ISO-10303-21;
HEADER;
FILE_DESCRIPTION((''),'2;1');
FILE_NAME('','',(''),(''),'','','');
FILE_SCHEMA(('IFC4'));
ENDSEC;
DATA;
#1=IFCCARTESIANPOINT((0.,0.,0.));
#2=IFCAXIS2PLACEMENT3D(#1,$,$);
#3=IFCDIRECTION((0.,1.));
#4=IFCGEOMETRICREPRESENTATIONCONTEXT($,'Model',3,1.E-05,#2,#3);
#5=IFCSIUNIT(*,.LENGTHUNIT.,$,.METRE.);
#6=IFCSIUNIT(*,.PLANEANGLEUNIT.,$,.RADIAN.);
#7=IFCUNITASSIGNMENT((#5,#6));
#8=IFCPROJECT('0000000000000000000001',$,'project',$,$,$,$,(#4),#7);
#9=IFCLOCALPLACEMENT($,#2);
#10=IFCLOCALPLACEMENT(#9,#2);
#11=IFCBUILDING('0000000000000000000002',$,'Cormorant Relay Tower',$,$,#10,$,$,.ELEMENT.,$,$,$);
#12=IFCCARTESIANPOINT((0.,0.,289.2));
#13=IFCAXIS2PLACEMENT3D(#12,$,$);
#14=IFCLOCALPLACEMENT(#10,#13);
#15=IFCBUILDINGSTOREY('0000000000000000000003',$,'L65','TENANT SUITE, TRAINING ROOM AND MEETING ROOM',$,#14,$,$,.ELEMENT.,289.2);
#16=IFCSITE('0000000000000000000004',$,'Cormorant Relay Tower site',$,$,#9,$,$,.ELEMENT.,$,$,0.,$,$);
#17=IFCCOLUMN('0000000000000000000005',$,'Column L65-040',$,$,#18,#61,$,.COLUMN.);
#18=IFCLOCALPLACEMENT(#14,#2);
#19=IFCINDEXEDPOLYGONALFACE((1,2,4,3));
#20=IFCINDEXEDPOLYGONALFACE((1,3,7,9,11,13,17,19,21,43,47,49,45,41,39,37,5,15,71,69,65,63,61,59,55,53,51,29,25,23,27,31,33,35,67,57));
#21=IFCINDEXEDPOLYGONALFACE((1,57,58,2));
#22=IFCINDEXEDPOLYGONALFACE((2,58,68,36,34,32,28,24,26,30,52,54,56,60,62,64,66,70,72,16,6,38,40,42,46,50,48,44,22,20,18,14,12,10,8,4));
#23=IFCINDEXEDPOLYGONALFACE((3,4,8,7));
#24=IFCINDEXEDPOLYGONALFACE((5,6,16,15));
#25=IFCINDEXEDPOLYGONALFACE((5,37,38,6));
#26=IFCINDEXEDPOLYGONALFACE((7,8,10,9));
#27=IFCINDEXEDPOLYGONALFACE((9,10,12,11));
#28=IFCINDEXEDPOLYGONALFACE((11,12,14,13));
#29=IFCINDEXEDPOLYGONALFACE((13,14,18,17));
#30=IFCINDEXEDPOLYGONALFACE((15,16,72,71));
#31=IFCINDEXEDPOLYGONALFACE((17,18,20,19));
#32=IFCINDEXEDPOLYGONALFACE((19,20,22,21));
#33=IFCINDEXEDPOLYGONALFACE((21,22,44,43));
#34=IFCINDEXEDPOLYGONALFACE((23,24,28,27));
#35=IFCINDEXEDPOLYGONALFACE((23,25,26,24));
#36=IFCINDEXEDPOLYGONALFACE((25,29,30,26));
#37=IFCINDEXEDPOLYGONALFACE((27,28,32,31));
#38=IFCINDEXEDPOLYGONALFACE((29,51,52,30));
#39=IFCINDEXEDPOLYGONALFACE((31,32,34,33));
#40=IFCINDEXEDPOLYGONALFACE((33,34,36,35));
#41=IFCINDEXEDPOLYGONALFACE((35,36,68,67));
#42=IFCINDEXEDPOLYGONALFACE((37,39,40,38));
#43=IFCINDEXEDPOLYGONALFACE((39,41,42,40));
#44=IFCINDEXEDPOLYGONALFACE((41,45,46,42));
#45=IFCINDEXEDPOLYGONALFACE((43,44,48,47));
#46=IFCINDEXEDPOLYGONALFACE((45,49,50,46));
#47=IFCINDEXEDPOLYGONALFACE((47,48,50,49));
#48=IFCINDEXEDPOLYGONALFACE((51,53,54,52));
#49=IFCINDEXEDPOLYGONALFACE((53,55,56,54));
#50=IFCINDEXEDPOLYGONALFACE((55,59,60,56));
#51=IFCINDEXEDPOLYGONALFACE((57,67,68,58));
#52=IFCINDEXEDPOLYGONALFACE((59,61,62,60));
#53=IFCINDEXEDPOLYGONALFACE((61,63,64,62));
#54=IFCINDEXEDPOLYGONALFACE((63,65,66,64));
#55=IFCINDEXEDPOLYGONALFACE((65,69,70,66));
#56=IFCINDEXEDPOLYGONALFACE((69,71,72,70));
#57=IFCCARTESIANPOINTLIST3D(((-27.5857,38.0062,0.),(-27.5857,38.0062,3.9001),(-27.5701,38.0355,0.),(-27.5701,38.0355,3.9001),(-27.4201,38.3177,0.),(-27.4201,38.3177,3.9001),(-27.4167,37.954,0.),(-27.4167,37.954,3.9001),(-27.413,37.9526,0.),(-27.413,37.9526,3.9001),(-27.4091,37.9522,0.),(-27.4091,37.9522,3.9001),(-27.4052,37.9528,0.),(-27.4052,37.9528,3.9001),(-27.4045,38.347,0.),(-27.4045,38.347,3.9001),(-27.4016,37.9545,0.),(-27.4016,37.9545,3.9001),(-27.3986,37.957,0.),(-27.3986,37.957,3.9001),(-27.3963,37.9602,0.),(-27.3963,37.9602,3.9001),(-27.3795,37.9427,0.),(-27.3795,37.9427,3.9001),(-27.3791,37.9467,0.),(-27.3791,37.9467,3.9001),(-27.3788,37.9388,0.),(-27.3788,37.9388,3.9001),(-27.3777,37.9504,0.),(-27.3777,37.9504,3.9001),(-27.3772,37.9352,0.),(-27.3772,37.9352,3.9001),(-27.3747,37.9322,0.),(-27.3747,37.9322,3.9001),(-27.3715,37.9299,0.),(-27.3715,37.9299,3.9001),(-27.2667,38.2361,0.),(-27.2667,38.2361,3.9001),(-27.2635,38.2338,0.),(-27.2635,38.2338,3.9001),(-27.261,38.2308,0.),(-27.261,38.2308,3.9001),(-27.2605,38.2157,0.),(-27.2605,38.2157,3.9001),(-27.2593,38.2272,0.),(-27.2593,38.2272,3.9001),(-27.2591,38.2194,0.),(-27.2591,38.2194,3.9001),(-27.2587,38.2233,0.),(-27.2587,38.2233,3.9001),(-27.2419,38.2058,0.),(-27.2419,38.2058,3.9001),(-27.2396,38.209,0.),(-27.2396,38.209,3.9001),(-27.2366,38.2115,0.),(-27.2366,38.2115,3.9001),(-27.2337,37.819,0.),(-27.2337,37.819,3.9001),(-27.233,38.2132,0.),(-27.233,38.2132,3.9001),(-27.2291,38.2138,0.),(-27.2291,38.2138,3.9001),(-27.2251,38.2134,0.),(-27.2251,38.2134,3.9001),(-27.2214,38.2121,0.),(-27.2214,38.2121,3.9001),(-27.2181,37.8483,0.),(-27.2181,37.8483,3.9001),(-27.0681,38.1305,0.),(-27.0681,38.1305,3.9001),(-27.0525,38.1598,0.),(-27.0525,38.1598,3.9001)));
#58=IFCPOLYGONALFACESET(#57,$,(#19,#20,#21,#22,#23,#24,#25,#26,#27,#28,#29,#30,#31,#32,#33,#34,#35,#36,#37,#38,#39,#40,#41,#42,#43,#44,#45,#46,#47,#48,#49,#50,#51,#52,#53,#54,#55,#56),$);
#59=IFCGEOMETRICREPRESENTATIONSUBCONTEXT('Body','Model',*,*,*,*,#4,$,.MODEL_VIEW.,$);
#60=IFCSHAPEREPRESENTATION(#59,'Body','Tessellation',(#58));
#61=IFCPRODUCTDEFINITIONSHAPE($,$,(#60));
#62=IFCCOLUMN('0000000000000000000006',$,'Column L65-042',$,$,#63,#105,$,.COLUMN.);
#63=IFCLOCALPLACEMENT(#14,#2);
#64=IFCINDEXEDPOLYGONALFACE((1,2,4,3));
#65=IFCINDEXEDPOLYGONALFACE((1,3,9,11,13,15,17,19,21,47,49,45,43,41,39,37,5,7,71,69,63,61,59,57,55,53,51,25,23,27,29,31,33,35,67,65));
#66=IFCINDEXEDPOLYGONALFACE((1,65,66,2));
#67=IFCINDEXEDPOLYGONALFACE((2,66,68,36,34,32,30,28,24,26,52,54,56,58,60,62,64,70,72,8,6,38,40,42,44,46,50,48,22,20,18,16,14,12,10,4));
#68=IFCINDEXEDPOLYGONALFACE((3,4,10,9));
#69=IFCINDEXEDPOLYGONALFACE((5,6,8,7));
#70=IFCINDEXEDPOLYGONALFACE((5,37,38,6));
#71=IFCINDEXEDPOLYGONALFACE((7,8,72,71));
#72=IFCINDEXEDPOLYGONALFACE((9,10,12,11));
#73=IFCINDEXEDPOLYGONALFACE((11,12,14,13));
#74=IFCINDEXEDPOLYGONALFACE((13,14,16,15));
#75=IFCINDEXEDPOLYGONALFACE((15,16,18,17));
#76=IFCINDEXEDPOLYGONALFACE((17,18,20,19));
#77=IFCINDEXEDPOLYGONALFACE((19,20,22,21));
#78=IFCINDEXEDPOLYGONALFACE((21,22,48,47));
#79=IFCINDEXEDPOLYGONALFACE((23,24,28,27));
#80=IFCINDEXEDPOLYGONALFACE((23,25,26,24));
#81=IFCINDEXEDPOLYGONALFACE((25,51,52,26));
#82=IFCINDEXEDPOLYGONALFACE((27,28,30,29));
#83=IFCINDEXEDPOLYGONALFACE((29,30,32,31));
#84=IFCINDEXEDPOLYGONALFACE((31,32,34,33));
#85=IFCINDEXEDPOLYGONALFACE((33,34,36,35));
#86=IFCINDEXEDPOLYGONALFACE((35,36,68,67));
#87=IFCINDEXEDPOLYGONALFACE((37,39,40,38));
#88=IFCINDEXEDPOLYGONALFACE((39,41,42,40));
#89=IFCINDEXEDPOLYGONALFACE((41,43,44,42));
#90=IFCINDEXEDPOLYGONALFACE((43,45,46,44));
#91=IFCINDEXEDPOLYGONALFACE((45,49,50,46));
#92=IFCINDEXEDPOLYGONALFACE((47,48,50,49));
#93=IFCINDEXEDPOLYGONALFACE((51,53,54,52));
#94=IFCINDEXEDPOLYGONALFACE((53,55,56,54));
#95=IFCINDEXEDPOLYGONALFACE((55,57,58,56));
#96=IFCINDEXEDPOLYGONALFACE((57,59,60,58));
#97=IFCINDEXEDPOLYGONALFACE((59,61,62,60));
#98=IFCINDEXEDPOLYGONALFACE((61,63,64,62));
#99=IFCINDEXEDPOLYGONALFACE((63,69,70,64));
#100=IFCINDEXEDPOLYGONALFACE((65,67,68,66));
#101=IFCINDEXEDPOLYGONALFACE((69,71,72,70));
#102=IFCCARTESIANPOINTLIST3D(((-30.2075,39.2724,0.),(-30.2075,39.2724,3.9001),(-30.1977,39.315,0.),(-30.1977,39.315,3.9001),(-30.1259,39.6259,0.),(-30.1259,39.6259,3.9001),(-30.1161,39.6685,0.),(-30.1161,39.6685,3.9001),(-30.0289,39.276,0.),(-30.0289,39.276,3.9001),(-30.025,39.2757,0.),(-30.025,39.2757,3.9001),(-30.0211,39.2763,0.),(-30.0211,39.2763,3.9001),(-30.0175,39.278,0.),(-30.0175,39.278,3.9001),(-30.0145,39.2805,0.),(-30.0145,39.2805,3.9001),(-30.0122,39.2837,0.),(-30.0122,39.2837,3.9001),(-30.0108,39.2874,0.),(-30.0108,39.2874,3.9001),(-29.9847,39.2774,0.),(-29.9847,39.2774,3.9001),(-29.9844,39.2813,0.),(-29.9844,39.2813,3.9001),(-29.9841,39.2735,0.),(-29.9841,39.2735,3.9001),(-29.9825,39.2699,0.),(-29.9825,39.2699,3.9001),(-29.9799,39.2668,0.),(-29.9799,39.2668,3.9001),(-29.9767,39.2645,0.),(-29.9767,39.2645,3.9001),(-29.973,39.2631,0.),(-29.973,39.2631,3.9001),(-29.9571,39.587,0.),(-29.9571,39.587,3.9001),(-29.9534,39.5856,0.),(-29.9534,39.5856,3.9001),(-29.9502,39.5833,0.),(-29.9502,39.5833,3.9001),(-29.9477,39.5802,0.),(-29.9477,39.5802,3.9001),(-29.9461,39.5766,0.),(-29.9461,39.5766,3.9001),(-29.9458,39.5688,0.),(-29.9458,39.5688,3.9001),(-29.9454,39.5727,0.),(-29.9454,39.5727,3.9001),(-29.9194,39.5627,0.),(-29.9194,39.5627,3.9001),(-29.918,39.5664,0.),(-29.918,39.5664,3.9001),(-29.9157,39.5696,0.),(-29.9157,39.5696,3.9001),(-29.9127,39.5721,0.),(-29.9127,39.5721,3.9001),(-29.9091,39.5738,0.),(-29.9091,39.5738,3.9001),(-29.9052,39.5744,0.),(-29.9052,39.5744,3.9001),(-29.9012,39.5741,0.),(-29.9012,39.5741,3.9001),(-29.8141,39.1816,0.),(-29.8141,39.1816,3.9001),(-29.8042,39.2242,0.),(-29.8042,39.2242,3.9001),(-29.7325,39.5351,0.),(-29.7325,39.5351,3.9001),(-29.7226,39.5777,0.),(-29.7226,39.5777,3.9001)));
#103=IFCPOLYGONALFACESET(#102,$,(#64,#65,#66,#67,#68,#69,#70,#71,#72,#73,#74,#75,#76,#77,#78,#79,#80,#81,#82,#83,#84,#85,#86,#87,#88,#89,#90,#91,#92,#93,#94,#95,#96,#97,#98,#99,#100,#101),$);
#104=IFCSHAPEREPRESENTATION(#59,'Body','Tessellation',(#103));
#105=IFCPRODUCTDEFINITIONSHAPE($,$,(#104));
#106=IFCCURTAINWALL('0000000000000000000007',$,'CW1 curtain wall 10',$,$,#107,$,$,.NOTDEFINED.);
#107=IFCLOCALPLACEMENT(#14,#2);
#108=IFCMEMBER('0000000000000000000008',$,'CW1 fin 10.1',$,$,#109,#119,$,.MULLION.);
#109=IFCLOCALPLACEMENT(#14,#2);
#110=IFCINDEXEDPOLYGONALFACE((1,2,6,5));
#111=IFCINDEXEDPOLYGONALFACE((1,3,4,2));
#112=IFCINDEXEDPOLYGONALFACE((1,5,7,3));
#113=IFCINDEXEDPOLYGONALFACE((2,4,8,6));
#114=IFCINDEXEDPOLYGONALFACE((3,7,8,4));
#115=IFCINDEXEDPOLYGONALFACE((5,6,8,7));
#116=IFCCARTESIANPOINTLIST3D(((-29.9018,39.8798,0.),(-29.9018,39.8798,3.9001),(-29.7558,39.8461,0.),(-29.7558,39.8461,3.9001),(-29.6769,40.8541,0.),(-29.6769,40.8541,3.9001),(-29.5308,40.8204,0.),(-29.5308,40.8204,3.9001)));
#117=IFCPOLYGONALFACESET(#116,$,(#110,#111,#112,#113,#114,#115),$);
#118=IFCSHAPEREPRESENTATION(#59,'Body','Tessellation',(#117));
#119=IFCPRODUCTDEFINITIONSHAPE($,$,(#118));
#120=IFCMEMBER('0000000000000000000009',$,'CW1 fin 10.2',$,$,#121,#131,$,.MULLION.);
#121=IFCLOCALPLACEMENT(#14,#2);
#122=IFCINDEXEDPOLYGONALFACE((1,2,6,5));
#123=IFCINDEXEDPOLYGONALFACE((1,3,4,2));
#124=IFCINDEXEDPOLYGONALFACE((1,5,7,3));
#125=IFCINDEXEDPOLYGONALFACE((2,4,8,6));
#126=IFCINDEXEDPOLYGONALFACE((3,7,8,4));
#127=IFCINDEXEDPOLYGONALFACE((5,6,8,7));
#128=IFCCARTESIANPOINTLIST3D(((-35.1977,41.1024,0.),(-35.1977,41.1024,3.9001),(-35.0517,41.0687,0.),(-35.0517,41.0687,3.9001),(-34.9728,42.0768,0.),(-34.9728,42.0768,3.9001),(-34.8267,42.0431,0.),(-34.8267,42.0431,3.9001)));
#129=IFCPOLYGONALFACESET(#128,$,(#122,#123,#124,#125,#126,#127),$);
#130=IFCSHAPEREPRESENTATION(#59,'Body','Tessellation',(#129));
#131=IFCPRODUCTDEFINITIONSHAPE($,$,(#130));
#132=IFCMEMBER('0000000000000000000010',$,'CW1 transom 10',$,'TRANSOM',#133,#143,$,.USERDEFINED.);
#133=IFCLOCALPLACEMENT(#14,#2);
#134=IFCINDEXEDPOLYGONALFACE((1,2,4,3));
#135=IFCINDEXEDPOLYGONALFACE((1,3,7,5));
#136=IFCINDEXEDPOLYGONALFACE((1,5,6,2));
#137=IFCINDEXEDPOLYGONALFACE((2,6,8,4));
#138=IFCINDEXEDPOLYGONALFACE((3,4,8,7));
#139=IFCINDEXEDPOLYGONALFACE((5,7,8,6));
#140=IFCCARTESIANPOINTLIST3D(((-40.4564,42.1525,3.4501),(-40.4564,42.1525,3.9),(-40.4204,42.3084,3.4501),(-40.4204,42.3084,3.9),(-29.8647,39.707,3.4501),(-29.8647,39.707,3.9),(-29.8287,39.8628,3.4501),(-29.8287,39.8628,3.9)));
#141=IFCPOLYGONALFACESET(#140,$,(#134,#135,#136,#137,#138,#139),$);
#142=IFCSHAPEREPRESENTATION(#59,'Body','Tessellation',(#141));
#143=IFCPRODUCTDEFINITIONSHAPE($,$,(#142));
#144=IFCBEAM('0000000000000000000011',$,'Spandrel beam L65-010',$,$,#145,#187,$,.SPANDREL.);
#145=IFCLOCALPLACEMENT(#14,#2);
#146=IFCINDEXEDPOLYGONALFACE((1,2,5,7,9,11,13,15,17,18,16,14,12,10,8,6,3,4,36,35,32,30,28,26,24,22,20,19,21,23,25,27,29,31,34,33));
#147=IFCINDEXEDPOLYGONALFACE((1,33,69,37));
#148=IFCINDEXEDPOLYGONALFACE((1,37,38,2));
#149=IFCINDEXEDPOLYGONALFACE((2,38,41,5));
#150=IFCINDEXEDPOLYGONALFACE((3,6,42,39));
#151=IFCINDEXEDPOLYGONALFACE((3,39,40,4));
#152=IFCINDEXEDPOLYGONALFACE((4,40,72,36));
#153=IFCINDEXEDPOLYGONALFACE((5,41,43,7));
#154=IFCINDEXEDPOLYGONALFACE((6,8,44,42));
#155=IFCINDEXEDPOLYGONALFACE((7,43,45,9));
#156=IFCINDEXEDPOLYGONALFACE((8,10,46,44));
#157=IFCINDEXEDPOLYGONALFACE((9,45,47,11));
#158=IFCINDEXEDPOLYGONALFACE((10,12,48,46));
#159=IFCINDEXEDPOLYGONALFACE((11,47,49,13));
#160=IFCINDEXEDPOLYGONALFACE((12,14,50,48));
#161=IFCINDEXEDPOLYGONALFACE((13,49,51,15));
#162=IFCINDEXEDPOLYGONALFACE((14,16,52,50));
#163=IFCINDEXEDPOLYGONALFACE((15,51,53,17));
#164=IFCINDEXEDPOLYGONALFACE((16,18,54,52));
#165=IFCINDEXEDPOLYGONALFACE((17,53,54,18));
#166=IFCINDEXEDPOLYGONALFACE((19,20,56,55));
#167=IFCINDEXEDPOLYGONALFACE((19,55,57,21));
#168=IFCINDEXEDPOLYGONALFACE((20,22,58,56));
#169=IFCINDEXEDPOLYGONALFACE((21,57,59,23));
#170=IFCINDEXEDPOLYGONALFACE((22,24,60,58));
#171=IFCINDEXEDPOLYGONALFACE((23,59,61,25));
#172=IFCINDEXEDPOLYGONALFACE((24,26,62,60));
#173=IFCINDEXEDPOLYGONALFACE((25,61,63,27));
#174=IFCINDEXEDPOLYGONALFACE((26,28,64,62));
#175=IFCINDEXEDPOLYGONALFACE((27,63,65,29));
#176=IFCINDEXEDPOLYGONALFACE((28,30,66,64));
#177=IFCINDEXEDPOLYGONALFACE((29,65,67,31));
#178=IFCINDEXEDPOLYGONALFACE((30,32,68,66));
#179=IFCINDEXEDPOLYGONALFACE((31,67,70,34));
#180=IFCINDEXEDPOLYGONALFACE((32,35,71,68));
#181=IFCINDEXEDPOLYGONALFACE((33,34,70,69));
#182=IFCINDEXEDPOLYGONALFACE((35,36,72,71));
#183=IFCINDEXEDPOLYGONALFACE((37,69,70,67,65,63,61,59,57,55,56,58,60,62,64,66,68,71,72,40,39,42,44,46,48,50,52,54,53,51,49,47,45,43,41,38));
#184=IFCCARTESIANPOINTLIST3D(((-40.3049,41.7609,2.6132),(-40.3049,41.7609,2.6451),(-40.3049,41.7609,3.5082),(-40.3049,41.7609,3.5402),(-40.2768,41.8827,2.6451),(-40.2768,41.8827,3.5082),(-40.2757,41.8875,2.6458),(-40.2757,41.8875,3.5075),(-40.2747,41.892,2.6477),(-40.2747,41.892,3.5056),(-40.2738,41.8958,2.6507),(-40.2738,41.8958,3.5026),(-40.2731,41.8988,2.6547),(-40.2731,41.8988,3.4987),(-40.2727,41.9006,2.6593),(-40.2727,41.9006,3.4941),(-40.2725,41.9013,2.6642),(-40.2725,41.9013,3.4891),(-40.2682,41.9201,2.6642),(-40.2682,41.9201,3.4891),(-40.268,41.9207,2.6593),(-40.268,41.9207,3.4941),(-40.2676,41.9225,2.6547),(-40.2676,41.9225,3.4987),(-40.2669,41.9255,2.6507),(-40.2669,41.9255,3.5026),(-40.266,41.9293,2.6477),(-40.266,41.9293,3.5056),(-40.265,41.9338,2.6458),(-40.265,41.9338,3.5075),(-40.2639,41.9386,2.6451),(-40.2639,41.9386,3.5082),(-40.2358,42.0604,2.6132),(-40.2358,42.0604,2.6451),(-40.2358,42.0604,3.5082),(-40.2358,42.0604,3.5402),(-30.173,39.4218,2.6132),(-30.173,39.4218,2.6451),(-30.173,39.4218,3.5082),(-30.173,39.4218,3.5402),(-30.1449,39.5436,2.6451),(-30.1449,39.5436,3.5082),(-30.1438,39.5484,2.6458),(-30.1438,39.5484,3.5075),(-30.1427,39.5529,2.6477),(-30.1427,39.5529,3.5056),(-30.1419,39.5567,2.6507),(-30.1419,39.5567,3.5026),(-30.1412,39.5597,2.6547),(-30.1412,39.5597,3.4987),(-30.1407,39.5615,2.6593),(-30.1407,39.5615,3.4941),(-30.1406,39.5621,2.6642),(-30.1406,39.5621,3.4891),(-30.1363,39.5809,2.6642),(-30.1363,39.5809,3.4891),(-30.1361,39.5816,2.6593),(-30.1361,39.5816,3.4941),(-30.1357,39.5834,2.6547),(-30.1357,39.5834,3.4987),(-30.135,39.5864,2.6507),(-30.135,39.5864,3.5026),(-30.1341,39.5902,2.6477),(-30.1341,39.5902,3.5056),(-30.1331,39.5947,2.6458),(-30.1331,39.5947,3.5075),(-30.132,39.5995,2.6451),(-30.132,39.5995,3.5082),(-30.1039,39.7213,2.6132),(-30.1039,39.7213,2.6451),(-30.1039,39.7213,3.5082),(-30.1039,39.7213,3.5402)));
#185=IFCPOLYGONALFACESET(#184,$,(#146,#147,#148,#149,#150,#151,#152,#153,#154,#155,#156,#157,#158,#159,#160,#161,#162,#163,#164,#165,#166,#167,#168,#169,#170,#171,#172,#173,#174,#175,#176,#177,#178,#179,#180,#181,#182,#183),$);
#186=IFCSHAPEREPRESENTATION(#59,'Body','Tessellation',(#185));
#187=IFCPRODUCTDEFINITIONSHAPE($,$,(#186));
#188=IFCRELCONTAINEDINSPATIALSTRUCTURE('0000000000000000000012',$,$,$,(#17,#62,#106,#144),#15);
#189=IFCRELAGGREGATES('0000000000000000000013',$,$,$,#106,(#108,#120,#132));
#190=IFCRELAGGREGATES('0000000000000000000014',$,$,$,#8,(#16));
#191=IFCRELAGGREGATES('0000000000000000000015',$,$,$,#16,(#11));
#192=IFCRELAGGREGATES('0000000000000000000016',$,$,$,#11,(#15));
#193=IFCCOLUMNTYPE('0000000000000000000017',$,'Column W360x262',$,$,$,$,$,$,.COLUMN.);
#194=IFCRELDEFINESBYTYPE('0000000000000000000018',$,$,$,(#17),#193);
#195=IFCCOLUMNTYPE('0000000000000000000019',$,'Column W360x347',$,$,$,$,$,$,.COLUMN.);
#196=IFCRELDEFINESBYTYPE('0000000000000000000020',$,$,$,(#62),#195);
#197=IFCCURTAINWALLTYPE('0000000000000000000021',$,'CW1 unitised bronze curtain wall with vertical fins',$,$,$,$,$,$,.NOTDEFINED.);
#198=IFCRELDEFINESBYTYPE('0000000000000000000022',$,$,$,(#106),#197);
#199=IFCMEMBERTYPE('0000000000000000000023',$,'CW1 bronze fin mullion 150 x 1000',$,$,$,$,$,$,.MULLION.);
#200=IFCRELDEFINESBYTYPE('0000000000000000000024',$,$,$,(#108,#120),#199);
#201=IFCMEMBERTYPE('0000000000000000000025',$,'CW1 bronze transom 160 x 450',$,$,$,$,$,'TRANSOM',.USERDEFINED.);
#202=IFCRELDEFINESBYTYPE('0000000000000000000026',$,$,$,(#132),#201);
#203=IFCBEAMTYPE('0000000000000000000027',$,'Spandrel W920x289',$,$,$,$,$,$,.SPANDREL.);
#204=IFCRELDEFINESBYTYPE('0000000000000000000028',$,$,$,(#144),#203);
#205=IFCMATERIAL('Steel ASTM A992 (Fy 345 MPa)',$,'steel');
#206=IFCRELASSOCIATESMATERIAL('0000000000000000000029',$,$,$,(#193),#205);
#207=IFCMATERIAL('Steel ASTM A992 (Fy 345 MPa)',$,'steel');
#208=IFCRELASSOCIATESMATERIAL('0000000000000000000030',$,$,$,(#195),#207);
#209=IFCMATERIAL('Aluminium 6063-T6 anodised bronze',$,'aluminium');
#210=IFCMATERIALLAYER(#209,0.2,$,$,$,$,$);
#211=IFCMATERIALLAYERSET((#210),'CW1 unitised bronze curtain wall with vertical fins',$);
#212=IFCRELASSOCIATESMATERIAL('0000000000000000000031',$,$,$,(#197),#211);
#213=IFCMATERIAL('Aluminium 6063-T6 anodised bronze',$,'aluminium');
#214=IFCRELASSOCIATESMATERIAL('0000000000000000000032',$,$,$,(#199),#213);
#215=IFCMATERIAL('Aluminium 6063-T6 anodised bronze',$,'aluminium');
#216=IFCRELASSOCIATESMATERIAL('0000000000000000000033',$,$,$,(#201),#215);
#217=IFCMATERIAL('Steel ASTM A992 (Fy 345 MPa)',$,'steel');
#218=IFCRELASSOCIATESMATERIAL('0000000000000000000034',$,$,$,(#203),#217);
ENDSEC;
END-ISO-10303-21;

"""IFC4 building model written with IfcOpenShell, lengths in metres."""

from ifc_helpers import new_model, si_unit, direction, frame, origin, origin_2d, place, context, subcontext, project, spatial, rectangle, i_section, extrude, material, layer, layer_set, material_profile, profile_set, type_object, element, aggregate, save


model = new_model("IFC4")

# Units and contexts
model_context = context("Model", 3, precision=1e-05, world=origin(), true_north=direction((0.0, 1.0)))
body_context = subcontext(model_context, "Body", "Model", "MODEL_VIEW")
ifc_project = project(units=[si_unit("LENGTHUNIT", "METRE"), si_unit("PLANEANGLEUNIT", "RADIAN")], contexts=[model_context])

# Site, building, storey
site_placement = place(None, origin())
site = spatial("IfcSite", under=ifc_project, at=site_placement, Name="Cormorant Relay Tower site", CompositionType="ELEMENT", RefElevation=0.0)
building_placement = place(site_placement, origin())
building = spatial("IfcBuilding", under=site, at=building_placement, Name="Cormorant Relay Tower", CompositionType="ELEMENT")
storey_placement = place(building_placement, frame((0.0, 0.0, 289.2)))
storey = spatial("IfcBuildingStorey", under=building, at=storey_placement, Name="L65", Description="TENANT SUITE, TRAINING ROOM AND MEETING ROOM", CompositionType="ELEMENT", Elevation=289.2)

# Columns
ifc_material_1 = material(Name="Steel ASTM A992 (Fy 345 MPa)", Category="steel")
ifc_material_profile_1 = material_profile(ifc_material_1, i_section(OverallWidth=0.3987, OverallDepth=0.386, WebThickness=0.021, FlangeThickness=0.0332, FilletRadius=0.0151, at=origin_2d()), Name="W360x262")
ifc_profile_set_1 = profile_set([ifc_material_profile_1], Name="Steel ASTM A992 (Fy 345 MPa)")
column_type_1 = type_object("IfcColumnType", Name="Column W360x262", PredefinedType="COLUMN", material=ifc_profile_set_1)
column_1_placement = place(storey_placement, frame((-27.3191, 38.083, 0.0), z_axis=(0.0, 0.0, 1.0), x_axis=(-0.882948, 0.469472, 0.0)))
element("IfcColumn", 1, at=column_1_placement, inside=storey, type_object=column_type_1, Name="Column L65-040", PredefinedType="COLUMN", context=body_context, shape_type="SweptSolid", body=[
    extrude(i_section(OverallWidth=0.3987, OverallDepth=0.386, WebThickness=0.021, FlangeThickness=0.0332, FilletRadius=0.0151, at=origin_2d()), origin(), (0.0, 0.0, 1.0), 3.9001),
])
ifc_material_2 = material(Name="Steel ASTM A992 (Fy 345 MPa)", Category="steel")
ifc_material_profile_2 = material_profile(ifc_material_2, i_section(OverallWidth=0.4038, OverallDepth=0.4065, WebThickness=0.0271, FlangeThickness=0.0437, FilletRadius=0.0151, at=origin_2d()), Name="W360x347")
ifc_profile_set_2 = profile_set([ifc_material_profile_2], Name="Steel ASTM A992 (Fy 345 MPa)")
column_type_2 = type_object("IfcColumnType", Name="Column W360x347", PredefinedType="COLUMN", material=ifc_profile_set_2)
column_2_placement = place(storey_placement, frame((-29.9651, 39.425, 0.0), z_axis=(0.0, 0.0, 1.0), x_axis=(-0.97437, 0.224951, 0.0)))
element("IfcColumn", 2, at=column_2_placement, inside=storey, type_object=column_type_2, Name="Column L65-042", PredefinedType="COLUMN", context=body_context, shape_type="SweptSolid", body=[
    extrude(i_section(OverallWidth=0.4038, OverallDepth=0.4065, WebThickness=0.0271, FlangeThickness=0.0437, FilletRadius=0.0151, at=origin_2d()), origin(), (0.0, 0.0, 1.0), 3.9001),
])

# Curtain wall, members
ifc_material_3 = material(Name="Aluminium 6063-T6 anodised bronze", Category="aluminium")
ifc_layer_1 = layer(ifc_material_3, 0.2)
ifc_layer_set_1 = layer_set([ifc_layer_1], Name="CW1 unitised bronze curtain wall with vertical fins")
curtain_wall_type = type_object("IfcCurtainWallType", Name="CW1 unitised bronze curtain wall with vertical fins", PredefinedType="NOTDEFINED", material=ifc_layer_set_1)
curtain_wall_1_placement = place(storey_placement, origin())
curtain_wall_1 = element("IfcCurtainWall", 3, at=curtain_wall_1_placement, inside=storey, type_object=curtain_wall_type, Name="CW1 curtain wall 10", PredefinedType="NOTDEFINED")
ifc_material_4 = material(Name="Aluminium 6063-T6 anodised bronze", Category="aluminium")
ifc_material_profile_3 = material_profile(ifc_material_4, rectangle(XDim=0.1499, YDim=1.0, at=origin_2d()), Name="AL 150x1000")
ifc_profile_set_3 = profile_set([ifc_material_profile_3], Name="Aluminium 6063-T6 anodised bronze")
member_type_1 = type_object("IfcMemberType", Name="CW1 bronze fin mullion 150 x 1000", PredefinedType="MULLION", material=ifc_profile_set_3)
member_1_placement = place(storey_placement, frame((-29.7163, 40.3501, 0.0), z_axis=(0.0, 0.0, 1.0), x_axis=(-0.97437, 0.224951, 0.0)))
member_1 = element("IfcMember", 4, at=member_1_placement, type_object=member_type_1, Name="CW1 fin 10.1", PredefinedType="MULLION", context=body_context, shape_type="SweptSolid", body=[
    extrude(rectangle(XDim=0.1499, YDim=1.0, at=origin_2d()), origin(), (0.0, 0.0, 1.0), 3.9001),
])
member_2_placement = place(storey_placement, frame((-35.0122, 41.5728, 0.0), z_axis=(0.0, 0.0, 1.0), x_axis=(-0.97437, 0.224951, 0.0)))
member_2 = element("IfcMember", 5, at=member_2_placement, type_object=member_type_1, Name="CW1 fin 10.2", PredefinedType="MULLION", context=body_context, shape_type="SweptSolid", body=[
    extrude(rectangle(XDim=0.1499, YDim=1.0, at=origin_2d()), origin(), (0.0, 0.0, 1.0), 3.9001),
])
ifc_material_5 = material(Name="Aluminium 6063-T6 anodised bronze", Category="aluminium")
ifc_material_profile_4 = material_profile(ifc_material_5, rectangle(XDim=0.1599, YDim=0.45, at=origin_2d()), Name="AL 160x450")
ifc_profile_set_4 = profile_set([ifc_material_profile_4], Name="Aluminium 6063-T6 anodised bronze")
member_type_2 = type_object("IfcMemberType", Name="CW1 bronze transom 160 x 450", ElementType="TRANSOM", PredefinedType="USERDEFINED", material=ifc_profile_set_4)
member_3_placement = place(storey_placement, frame((-29.8467, 39.7849, 3.675), z_axis=(-0.974365, 0.224973, 0.0), x_axis=(-0.224973, -0.974365, 0.0)))
member_3 = element("IfcMember", 6, at=member_3_placement, type_object=member_type_2, Name="CW1 transom 10", ObjectType="TRANSOM", PredefinedType="USERDEFINED", context=body_context, shape_type="SweptSolid", body=[
    extrude(rectangle(XDim=0.1599, YDim=0.45, at=origin_2d()), origin(), (0.0, 0.0, 1.0), 10.8704),
])

# Beam
ifc_material_6 = material(Name="Steel ASTM A992 (Fy 345 MPa)", Category="steel")
ifc_material_profile_5 = material_profile(ifc_material_6, i_section(OverallWidth=0.3074, OverallDepth=0.927, WebThickness=0.0193, FlangeThickness=0.032, FilletRadius=0.019, at=origin_2d()), Name="W920x289")
ifc_profile_set_5 = profile_set([ifc_material_profile_5], Name="Steel ASTM A992 (Fy 345 MPa)")
beam_type = type_object("IfcBeamType", Name="Spandrel W920x289", PredefinedType="SPANDREL", material=ifc_profile_set_5)
beam_placement = place(storey_placement, frame((-30.1384, 39.5715, 3.0767), z_axis=(-0.97437, 0.22495, 0.0), x_axis=(-0.22495, -0.97437, 0.0)))
element("IfcBeam", 7, at=beam_placement, inside=storey, type_object=beam_type, Name="Spandrel beam L65-010", PredefinedType="SPANDREL", context=body_context, shape_type="SweptSolid", body=[
    extrude(i_section(OverallWidth=0.3074, OverallDepth=0.927, WebThickness=0.0193, FlangeThickness=0.032, FilletRadius=0.019, at=origin_2d()), origin(), (0.0, 0.0, 1.0), 10.3984),
])

aggregate(curtain_wall_1, [member_1, member_2, member_3])

save(model, "model.ifc")
